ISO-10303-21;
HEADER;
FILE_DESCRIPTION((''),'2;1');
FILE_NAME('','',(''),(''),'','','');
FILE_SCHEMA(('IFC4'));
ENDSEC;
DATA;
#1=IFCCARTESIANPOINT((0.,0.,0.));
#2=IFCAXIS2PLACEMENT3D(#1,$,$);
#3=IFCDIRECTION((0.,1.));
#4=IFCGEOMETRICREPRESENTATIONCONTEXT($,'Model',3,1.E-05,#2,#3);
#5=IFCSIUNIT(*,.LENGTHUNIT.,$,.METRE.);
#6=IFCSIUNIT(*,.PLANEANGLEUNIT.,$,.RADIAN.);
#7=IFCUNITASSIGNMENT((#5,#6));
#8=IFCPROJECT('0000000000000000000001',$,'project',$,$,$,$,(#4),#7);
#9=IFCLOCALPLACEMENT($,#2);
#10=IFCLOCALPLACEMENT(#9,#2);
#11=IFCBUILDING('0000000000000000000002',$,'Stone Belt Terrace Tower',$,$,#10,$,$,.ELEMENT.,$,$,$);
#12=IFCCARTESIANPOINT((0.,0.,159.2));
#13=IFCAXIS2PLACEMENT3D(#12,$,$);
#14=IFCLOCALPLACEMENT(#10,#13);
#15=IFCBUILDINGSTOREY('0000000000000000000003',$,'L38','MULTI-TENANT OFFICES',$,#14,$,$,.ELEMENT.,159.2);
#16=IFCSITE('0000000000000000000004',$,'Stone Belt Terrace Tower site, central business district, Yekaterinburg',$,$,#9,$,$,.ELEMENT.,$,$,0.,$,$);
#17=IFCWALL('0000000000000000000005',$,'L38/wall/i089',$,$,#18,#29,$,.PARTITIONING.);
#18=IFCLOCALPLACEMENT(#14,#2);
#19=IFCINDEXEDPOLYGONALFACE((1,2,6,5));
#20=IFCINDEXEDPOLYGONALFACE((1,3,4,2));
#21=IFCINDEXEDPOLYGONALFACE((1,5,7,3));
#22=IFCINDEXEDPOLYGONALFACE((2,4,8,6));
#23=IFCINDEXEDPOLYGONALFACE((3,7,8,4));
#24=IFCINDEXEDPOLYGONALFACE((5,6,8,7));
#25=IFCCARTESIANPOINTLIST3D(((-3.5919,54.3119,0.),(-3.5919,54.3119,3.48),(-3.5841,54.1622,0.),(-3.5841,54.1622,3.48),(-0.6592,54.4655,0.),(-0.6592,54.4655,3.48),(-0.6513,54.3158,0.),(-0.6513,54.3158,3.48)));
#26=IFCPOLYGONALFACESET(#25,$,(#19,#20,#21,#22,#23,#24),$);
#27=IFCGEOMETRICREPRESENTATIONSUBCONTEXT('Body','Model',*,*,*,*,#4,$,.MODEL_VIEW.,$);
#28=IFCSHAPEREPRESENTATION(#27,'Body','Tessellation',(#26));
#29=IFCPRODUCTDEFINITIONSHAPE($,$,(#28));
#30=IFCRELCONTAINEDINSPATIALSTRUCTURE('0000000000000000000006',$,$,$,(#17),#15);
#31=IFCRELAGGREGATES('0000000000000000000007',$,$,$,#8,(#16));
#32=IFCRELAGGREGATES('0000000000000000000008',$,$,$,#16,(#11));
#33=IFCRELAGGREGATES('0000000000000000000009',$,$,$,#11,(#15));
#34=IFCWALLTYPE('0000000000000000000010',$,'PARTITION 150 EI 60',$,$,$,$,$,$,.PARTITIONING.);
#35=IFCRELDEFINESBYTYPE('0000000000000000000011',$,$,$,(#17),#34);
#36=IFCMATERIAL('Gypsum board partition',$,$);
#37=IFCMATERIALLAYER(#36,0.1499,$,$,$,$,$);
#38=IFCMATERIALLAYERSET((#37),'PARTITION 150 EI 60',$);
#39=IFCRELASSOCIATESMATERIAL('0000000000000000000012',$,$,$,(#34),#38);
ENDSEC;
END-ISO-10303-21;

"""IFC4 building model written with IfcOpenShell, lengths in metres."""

from ifc_helpers import new_model, si_unit, direction, frame, frame_2d, origin, place, context, subcontext, project, spatial, rectangle, extrude, material, layer, layer_set, type_object, element, save


model = new_model("IFC4")

# Units and contexts
model_context = context("Model", 3, precision=1e-05, world=origin(), true_north=direction((0.0, 1.0)))
body_context = subcontext(model_context, "Body", "Model", "MODEL_VIEW")
ifc_project = project(units=[si_unit("LENGTHUNIT", "METRE"), si_unit("PLANEANGLEUNIT", "RADIAN")], contexts=[model_context])

# Site, building, storey
site_placement = place(None, origin())
site = spatial("IfcSite", under=ifc_project, at=site_placement, Name="Stone Belt Terrace Tower site, central business district, Yekaterinburg", CompositionType="ELEMENT", RefElevation=0.0)
building_placement = place(site_placement, origin())
building = spatial("IfcBuilding", under=site, at=building_placement, Name="Stone Belt Terrace Tower", CompositionType="ELEMENT")
storey_placement = place(building_placement, frame((0.0, 0.0, 159.2)))
storey = spatial("IfcBuildingStorey", under=building, at=storey_placement, Name="L38", Description="MULTI-TENANT OFFICES", CompositionType="ELEMENT", Elevation=159.2)

# Shared definitions
ifc_material_1 = material(Name="Gypsum board partition")

# Shared definitions
ifc_layer_1 = layer(ifc_material_1, 0.1499)
ifc_layer_set_1 = layer_set([ifc_layer_1], Name="PARTITION 150 EI 60")
wall_type_1 = type_object("IfcWallType", Name="PARTITION 150 EI 60", PredefinedType="PARTITIONING", material=ifc_layer_set_1)

# Wall
wall_1_placement = place(storey_placement, frame((-3.5879, 54.2371, 0.0), z_axis=(0.0, 0.0, 1.0), x_axis=(0.998632, 0.052288, 0.0)))
element("IfcWall", 1, at=wall_1_placement, inside=storey, type_object=wall_type_1, Name="L38/wall/i089", PredefinedType="PARTITIONING", context=body_context, shape_type="SweptSolid", body=[
    extrude(rectangle(XDim=2.9368, YDim=0.1499, at=frame_2d((1.4683, 0.0))), origin(), (0.0, 0.0, 1.0), 3.48),
])

save(model, "model.ifc")
